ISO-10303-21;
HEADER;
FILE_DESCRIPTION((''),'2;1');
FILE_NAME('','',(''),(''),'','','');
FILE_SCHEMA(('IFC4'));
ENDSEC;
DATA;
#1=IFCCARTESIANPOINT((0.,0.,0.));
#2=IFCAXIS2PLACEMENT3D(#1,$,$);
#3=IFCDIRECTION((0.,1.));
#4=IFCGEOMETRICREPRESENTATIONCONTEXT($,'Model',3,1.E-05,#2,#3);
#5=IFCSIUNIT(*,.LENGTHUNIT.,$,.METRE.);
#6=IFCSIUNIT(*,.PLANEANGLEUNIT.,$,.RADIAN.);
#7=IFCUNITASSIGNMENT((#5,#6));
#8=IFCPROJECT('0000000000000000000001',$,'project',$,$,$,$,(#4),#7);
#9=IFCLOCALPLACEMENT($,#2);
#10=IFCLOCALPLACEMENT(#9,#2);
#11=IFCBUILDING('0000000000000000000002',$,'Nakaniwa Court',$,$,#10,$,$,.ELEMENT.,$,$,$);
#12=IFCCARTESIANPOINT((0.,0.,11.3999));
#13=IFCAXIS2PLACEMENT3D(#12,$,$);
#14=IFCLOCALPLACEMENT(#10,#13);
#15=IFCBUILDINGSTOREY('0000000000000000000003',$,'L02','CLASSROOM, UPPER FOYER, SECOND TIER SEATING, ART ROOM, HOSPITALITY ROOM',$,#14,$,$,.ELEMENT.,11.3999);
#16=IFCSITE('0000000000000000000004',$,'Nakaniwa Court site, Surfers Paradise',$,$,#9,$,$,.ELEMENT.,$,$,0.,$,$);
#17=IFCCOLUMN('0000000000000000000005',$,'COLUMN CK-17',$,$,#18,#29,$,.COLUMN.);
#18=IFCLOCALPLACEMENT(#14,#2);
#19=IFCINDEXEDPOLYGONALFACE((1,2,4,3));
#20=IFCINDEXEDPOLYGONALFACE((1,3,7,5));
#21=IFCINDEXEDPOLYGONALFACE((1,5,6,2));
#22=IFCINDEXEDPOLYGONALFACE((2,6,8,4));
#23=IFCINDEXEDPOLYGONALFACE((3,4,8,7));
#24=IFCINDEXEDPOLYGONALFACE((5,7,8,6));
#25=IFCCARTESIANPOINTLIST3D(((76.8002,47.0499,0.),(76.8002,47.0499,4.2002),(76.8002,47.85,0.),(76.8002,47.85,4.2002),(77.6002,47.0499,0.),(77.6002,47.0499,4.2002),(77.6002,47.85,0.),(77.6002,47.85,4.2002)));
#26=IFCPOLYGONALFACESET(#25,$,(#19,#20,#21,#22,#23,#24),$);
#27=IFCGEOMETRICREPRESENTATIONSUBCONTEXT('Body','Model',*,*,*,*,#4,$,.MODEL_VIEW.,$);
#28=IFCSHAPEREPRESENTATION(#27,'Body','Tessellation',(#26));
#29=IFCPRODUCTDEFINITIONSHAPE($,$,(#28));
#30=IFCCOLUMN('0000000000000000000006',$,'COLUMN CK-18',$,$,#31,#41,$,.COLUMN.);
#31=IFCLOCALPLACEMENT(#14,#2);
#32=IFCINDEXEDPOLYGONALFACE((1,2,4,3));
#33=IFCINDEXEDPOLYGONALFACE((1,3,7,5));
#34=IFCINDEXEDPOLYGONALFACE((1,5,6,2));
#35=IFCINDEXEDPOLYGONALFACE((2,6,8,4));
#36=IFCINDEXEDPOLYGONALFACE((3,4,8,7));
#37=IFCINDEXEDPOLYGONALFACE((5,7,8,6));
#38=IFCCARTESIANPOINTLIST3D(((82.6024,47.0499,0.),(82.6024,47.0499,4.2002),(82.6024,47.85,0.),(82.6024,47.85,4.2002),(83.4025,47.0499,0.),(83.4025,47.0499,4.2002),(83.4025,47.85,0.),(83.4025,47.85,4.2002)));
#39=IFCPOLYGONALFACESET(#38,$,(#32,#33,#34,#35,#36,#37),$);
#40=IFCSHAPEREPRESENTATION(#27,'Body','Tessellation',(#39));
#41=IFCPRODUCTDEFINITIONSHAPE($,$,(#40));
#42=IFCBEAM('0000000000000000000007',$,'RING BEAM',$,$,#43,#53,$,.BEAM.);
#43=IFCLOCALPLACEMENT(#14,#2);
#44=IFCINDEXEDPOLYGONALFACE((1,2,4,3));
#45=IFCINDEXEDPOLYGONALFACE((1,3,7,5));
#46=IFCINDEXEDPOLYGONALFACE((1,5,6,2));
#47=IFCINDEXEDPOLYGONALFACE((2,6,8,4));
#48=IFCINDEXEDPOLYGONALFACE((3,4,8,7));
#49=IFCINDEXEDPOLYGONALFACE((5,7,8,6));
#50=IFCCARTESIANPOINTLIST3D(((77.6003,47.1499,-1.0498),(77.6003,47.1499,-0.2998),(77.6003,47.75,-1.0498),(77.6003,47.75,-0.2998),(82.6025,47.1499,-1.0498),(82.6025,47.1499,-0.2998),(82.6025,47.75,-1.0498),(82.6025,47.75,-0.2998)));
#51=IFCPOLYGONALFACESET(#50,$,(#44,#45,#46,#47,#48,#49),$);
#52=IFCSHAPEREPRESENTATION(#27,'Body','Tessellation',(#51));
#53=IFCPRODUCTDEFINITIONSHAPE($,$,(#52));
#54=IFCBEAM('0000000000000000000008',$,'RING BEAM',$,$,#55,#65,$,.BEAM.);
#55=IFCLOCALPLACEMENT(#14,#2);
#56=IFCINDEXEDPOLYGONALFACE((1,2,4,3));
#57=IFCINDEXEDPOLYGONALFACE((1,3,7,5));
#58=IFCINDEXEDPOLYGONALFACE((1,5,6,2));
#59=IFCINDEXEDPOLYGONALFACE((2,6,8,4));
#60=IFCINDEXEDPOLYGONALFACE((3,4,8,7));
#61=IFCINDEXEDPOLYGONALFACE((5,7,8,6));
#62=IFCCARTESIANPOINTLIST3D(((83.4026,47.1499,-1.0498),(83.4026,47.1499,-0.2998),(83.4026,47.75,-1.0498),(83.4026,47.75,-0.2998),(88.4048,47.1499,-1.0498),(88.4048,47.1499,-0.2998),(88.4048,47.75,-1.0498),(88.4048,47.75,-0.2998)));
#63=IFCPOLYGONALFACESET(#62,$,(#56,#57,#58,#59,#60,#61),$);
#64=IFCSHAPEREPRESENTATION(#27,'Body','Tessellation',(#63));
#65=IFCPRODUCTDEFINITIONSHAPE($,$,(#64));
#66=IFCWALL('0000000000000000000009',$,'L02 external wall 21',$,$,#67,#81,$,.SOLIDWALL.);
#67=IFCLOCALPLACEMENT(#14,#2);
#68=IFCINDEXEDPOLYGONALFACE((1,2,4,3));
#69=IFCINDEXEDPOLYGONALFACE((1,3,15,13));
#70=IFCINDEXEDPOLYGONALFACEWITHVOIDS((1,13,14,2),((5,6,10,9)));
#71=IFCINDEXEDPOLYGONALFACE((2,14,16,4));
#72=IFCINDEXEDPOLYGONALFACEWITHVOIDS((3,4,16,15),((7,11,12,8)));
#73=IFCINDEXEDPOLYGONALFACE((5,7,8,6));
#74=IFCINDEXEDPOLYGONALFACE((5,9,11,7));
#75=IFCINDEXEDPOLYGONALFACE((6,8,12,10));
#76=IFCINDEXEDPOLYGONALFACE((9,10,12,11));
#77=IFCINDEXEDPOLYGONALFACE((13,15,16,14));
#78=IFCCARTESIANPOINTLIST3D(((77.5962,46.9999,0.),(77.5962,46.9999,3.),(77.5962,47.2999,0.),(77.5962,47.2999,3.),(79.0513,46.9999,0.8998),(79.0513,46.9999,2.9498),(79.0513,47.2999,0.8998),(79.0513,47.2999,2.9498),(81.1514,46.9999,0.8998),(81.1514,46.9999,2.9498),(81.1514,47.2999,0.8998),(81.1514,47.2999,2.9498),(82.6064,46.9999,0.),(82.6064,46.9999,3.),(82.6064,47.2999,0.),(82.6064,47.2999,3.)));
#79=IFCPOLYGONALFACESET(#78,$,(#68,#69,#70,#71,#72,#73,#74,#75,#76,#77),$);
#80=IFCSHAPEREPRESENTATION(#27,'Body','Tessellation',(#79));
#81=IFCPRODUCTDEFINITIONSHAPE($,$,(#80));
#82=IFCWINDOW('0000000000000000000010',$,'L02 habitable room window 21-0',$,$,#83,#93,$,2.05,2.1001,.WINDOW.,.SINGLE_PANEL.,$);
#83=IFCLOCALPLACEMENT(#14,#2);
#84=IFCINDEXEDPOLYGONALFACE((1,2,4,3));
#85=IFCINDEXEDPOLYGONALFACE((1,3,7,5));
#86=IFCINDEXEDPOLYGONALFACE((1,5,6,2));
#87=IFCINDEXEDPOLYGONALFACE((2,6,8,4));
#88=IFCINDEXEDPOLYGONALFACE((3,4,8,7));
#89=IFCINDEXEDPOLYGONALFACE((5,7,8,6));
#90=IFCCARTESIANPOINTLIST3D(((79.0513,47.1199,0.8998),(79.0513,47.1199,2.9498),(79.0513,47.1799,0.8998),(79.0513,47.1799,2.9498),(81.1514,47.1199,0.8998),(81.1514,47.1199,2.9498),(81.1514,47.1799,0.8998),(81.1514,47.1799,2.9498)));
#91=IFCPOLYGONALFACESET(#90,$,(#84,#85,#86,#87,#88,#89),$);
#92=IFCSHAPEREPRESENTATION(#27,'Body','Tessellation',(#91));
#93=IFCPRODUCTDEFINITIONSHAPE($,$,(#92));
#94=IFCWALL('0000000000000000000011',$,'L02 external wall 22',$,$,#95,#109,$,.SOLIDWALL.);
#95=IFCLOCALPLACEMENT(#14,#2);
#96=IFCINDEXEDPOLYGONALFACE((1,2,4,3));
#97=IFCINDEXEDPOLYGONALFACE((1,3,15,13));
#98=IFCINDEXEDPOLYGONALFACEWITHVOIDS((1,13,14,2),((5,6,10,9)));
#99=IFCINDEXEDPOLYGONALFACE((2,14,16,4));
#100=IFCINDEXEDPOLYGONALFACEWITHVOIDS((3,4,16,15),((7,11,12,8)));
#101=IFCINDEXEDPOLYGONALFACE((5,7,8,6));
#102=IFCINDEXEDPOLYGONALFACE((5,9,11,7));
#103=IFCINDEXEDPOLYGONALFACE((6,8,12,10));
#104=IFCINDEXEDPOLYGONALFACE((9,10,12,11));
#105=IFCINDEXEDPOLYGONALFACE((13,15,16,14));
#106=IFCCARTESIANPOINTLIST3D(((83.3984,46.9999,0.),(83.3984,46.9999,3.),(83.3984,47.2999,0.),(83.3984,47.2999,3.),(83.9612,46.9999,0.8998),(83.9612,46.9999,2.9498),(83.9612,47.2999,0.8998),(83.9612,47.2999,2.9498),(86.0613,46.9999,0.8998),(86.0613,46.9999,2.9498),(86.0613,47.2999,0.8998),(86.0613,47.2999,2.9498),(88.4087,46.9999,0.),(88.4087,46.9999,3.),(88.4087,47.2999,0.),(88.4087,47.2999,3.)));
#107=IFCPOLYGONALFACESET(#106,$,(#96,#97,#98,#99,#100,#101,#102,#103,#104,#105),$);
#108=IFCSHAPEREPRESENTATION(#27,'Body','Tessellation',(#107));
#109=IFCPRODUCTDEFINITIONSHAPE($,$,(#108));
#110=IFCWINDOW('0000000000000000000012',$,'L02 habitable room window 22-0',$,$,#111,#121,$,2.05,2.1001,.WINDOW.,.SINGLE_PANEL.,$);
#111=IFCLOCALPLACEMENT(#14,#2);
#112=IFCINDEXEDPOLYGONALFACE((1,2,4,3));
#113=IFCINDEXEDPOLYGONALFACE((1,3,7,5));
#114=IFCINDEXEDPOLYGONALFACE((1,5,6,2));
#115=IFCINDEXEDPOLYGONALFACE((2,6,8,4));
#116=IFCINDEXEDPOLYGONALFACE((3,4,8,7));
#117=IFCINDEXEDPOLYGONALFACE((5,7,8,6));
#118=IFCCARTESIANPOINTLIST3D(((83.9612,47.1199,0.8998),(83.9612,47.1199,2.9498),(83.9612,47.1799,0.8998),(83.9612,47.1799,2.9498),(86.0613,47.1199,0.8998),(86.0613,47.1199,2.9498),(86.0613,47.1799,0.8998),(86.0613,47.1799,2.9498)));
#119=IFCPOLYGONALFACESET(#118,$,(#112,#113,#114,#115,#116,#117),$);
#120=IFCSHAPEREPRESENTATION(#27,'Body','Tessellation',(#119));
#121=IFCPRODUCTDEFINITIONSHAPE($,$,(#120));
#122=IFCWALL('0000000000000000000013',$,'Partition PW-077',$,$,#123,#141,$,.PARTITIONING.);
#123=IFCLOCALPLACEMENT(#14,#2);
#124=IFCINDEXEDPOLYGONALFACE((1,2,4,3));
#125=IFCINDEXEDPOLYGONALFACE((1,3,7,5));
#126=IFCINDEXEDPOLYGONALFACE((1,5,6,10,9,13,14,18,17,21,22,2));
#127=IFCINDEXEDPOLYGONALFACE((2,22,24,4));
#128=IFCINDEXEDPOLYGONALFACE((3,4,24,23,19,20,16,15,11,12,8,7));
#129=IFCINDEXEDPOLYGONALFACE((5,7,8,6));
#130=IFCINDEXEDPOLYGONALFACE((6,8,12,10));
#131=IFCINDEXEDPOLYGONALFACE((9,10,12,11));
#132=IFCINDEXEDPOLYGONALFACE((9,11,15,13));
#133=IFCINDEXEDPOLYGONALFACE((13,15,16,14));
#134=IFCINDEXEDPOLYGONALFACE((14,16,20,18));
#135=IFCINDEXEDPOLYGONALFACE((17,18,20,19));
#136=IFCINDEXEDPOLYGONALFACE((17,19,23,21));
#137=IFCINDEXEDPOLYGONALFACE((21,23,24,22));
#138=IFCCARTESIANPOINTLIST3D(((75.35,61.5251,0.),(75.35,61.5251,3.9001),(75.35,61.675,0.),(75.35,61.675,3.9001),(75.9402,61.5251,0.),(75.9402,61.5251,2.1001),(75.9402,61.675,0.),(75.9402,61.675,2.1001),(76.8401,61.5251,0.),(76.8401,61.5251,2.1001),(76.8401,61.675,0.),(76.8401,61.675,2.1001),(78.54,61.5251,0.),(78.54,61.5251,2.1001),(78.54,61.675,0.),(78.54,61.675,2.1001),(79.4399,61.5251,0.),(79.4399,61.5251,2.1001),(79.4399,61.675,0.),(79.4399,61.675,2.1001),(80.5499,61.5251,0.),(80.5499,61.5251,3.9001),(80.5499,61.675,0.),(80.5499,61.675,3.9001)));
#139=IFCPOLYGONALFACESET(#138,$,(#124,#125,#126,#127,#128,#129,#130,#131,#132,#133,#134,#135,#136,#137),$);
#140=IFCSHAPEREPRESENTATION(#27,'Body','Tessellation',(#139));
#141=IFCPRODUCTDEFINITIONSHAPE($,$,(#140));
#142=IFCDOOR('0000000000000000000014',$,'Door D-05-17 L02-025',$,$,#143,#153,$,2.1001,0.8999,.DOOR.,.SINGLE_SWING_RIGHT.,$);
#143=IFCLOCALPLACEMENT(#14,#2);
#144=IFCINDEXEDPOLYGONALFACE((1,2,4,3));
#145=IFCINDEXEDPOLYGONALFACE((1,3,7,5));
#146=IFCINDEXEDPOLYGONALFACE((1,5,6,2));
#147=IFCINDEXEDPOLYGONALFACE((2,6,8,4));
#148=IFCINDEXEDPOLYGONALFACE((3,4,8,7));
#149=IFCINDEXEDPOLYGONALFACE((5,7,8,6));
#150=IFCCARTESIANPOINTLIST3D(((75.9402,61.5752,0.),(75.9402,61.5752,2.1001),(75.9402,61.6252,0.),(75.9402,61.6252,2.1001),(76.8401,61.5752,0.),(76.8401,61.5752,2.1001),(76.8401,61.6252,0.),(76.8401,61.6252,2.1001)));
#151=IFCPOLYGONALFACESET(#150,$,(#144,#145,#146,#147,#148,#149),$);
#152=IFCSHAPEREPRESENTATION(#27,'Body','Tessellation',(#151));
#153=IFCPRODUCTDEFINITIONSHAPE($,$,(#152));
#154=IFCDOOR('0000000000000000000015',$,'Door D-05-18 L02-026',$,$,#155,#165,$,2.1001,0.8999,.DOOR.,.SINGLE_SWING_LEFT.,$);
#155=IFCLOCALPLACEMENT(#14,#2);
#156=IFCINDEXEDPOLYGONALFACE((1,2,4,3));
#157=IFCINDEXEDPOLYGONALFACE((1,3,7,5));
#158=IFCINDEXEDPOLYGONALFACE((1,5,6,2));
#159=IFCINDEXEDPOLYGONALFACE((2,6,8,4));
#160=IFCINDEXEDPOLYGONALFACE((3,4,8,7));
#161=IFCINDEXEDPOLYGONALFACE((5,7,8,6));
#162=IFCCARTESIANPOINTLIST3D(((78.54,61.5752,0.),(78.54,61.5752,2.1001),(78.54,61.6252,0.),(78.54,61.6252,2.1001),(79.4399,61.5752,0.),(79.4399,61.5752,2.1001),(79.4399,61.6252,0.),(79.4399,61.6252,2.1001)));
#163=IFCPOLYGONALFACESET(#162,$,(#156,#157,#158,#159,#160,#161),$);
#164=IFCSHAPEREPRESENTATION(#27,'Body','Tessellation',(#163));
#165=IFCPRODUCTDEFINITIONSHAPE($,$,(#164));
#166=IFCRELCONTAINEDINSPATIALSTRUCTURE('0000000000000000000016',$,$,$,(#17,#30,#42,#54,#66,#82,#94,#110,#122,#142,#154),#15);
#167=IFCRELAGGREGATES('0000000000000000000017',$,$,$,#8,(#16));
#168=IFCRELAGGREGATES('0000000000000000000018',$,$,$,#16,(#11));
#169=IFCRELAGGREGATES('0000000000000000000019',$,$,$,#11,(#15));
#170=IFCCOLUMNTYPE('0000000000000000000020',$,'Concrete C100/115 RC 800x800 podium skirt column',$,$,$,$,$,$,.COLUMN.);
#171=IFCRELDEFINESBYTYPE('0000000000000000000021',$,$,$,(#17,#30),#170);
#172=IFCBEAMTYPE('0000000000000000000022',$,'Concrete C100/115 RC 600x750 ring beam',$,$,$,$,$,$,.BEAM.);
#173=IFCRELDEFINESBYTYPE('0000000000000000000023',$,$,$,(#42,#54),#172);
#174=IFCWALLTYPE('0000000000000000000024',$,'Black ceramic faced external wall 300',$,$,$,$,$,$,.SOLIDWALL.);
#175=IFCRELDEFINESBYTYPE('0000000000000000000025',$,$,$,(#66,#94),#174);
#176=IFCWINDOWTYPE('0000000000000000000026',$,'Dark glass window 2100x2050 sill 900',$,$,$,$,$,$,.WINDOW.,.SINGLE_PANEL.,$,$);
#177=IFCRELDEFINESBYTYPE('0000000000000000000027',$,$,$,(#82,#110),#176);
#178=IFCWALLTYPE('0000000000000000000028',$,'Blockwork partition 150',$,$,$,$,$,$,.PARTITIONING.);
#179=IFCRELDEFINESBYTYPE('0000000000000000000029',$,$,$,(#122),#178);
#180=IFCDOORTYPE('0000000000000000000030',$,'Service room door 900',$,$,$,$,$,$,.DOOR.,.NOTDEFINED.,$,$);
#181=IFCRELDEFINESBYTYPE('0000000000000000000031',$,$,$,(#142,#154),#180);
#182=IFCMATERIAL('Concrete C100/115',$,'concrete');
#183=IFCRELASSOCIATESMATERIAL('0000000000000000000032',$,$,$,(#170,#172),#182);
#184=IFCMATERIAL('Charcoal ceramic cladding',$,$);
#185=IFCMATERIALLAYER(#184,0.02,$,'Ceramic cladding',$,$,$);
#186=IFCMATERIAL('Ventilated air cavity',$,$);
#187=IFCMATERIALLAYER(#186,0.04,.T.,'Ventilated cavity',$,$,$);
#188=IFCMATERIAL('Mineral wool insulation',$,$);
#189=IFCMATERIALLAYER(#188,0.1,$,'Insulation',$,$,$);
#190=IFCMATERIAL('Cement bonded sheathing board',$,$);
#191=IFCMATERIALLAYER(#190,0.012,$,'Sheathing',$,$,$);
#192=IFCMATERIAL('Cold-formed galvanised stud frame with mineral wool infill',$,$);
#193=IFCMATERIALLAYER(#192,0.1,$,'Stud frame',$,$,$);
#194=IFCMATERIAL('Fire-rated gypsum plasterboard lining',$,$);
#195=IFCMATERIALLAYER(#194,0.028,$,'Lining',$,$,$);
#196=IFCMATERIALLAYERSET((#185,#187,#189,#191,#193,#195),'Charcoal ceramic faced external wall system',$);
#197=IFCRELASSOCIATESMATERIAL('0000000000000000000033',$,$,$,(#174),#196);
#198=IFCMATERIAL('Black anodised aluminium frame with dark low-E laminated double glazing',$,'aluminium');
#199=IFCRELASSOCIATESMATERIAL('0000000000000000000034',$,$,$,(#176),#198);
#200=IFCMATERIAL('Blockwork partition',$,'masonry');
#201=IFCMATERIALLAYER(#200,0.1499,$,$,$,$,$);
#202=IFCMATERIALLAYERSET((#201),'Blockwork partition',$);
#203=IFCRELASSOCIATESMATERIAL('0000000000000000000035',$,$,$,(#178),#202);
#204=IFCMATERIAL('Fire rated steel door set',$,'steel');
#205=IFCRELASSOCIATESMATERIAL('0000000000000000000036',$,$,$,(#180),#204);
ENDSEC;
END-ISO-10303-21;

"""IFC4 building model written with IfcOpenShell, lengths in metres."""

from ifc_helpers import new_model, si_unit, direction, frame, frame_2d, origin, origin_2d, place, context, subcontext, project, spatial, rectangle, extrude, material, layer, layer_set, material_profile, profile_set, type_object, element, fill, save


model = new_model("IFC4")

# Units and contexts
model_context = context("Model", 3, precision=1e-05, world=origin(), true_north=direction((0.0, 1.0)))
body_context = subcontext(model_context, "Body", "Model", "MODEL_VIEW")
ifc_project = project(units=[si_unit("LENGTHUNIT", "METRE"), si_unit("PLANEANGLEUNIT", "RADIAN")], contexts=[model_context])

# Site, building, storey
site_placement = place(None, origin())
site = spatial("IfcSite", under=ifc_project, at=site_placement, Name="Nakaniwa Court site, Surfers Paradise", CompositionType="ELEMENT", RefElevation=0.0)
building_placement = place(site_placement, origin())
building = spatial("IfcBuilding", under=site, at=building_placement, Name="Nakaniwa Court", CompositionType="ELEMENT")
storey_placement = place(building_placement, frame((0.0, 0.0, 11.3999)))
storey = spatial("IfcBuildingStorey", under=building, at=storey_placement, Name="L02", Description="CLASSROOM, UPPER FOYER, SECOND TIER SEATING, ART ROOM, HOSPITALITY ROOM", CompositionType="ELEMENT", Elevation=11.3999)

# Columns
ifc_material_1 = material(Name="Concrete C100/115", Category="concrete")
ifc_material_profile_1 = material_profile(ifc_material_1, rectangle(XDim=0.8, YDim=0.8, at=origin_2d()), Name="Concrete C100/115 RC 800x800 podium skirt column")
ifc_profile_set_1 = profile_set([ifc_material_profile_1], Name="Concrete C100/115")
column_type = type_object("IfcColumnType", Name="Concrete C100/115 RC 800x800 podium skirt column", PredefinedType="COLUMN", material=ifc_profile_set_1)
for number, where, z_axis, x_axis, name in (
    (1, (77.2002, 47.45, 0.0), (0.0, 0.0, 1.0), (1.0, 0.0, 0.0), "COLUMN CK-17"),
    (2, (83.0024, 47.45, 0.0), (0.0, 0.0, 1.0), (1.0, 0.0, 0.0), "COLUMN CK-18"),
):
    element("IfcColumn", number, at=place(storey_placement, frame(where, z_axis=z_axis, x_axis=x_axis)), inside=storey, type_object=column_type, Name=name, PredefinedType="COLUMN", context=body_context, shape_type="SweptSolid", body=[
        extrude(rectangle(XDim=0.8, YDim=0.8, at=origin_2d()), origin(), (0.0, 0.0, 1.0), 4.2002),
    ])

# Beams
ifc_material_profile_2 = material_profile(ifc_material_1, rectangle(XDim=0.6001, YDim=0.75, at=origin_2d()), Name="Concrete C100/115 RC 600x750 ring beam")
ifc_profile_set_2 = profile_set([ifc_material_profile_2], Name="Concrete C100/115")
beam_type = type_object("IfcBeamType", Name="Concrete C100/115 RC 600x750 ring beam", PredefinedType="BEAM", material=ifc_profile_set_2)
for number, where, z_axis, x_axis, name in (
    (3, (77.6003, 47.45, -0.6748), (1.0, 0.0, 0.0), (0.0, 1.0, 0.0), "RING BEAM"),
    (4, (83.4026, 47.45, -0.6748), (1.0, 0.0, 0.0), (0.0, 1.0, 0.0), "RING BEAM"),
):
    element("IfcBeam", number, at=place(storey_placement, frame(where, z_axis=z_axis, x_axis=x_axis)), inside=storey, type_object=beam_type, Name=name, PredefinedType="BEAM", context=body_context, shape_type="SweptSolid", body=[
        extrude(rectangle(XDim=0.6001, YDim=0.75, at=origin_2d()), origin(), (0.0, 0.0, 1.0), 5.0022),
    ])

# Walls, openings, windows
ifc_material_2 = material(Name="Charcoal ceramic cladding")
ifc_layer_1 = layer(ifc_material_2, 0.02, Name="Ceramic cladding")
ifc_material_3 = material(Name="Ventilated air cavity")
ifc_layer_2 = layer(ifc_material_3, 0.04, ventilated=True, Name="Ventilated cavity")
ifc_material_4 = material(Name="Mineral wool insulation")
ifc_layer_3 = layer(ifc_material_4, 0.1, Name="Insulation")
ifc_material_5 = material(Name="Cement bonded sheathing board")
ifc_layer_4 = layer(ifc_material_5, 0.012, Name="Sheathing")
ifc_material_6 = material(Name="Cold-formed galvanised stud frame with mineral wool infill")
ifc_layer_5 = layer(ifc_material_6, 0.1, Name="Stud frame")
ifc_material_7 = material(Name="Fire-rated gypsum plasterboard lining")
ifc_layer_6 = layer(ifc_material_7, 0.028, Name="Lining")
ifc_layer_set_1 = layer_set([ifc_layer_1, ifc_layer_2, ifc_layer_3, ifc_layer_4, ifc_layer_5, ifc_layer_6], Name="Charcoal ceramic faced external wall system")
wall_type_1 = type_object("IfcWallType", Name="Black ceramic faced external wall 300", PredefinedType="SOLIDWALL", material=ifc_layer_set_1)
wall_1_placement = place(storey_placement, frame((77.5962, 47.1499, 0.0), z_axis=(0.0, 0.0, 1.0), x_axis=(1.0, 0.0, 0.0)))
wall_1 = element("IfcWall", 5, at=wall_1_placement, inside=storey, type_object=wall_type_1, Name="L02 external wall 21", PredefinedType="SOLIDWALL", context=body_context, shape_type="SweptSolid", body=[
    extrude(rectangle(XDim=5.0103, YDim=0.3, at=frame_2d((2.5051, 0.0))), origin(), (0.0, 0.0, 1.0), 3.0),
])
opening_1_placement = place(wall_1_placement, frame((1.4551, 0.0, 0.8999)))
opening_1 = element("IfcOpeningElement", 6, at=opening_1_placement, cuts=wall_1, PredefinedType="OPENING", context=body_context, shape_type="SweptSolid", body=[
    extrude(rectangle(XDim=2.1001, YDim=2.05, at=frame_2d((1.05, 1.0249))), frame((0.0, 0.1599, 0.0), z_axis=(0.0, -1.0, 0.0), x_axis=(1.0, 0.0, 0.0)), (0.0, 0.0, 1.0), 0.3201),
])
ifc_material_8 = material(Name="Black anodised aluminium frame with dark low-E laminated double glazing", Category="aluminium")
window_type = type_object("IfcWindowType", Name="Dark glass window 2100x2050 sill 900", PartitioningType="SINGLE_PANEL", PredefinedType="WINDOW", material=ifc_material_8)
window_1_placement = place(opening_1_placement, origin())
window_1 = element("IfcWindow", 7, at=window_1_placement, inside=storey, type_object=window_type, Name="L02 habitable room window 21-0", OverallHeight=2.05, OverallWidth=2.1001, PartitioningType="SINGLE_PANEL", PredefinedType="WINDOW", context=body_context, shape_type="SweptSolid", body=[
    extrude(rectangle(XDim=2.1001, YDim=2.05, at=frame_2d((1.05, 1.0249))), frame((0.0, 0.03, 0.0), z_axis=(0.0, -1.0, 0.0), x_axis=(1.0, 0.0, 0.0)), (0.0, 0.0, 1.0), 0.0601),
])
fill(opening_1, window_1)
wall_2_placement = place(storey_placement, frame((83.3984, 47.1499, 0.0), z_axis=(0.0, 0.0, 1.0), x_axis=(1.0, 0.0, 0.0)))
wall_2 = element("IfcWall", 8, at=wall_2_placement, inside=storey, type_object=wall_type_1, Name="L02 external wall 22", PredefinedType="SOLIDWALL", context=body_context, shape_type="SweptSolid", body=[
    extrude(rectangle(XDim=5.0103, YDim=0.3, at=frame_2d((2.5051, 0.0))), origin(), (0.0, 0.0, 1.0), 3.0),
])
opening_2_placement = place(wall_2_placement, frame((0.5627, 0.0, 0.8999)))
opening_2 = element("IfcOpeningElement", 9, at=opening_2_placement, cuts=wall_2, PredefinedType="OPENING", context=body_context, shape_type="SweptSolid", body=[
    extrude(rectangle(XDim=2.1001, YDim=2.05, at=frame_2d((1.05, 1.0249))), frame((0.0, 0.1599, 0.0), z_axis=(0.0, -1.0, 0.0), x_axis=(1.0, 0.0, 0.0)), (0.0, 0.0, 1.0), 0.3201),
])
window_2_placement = place(opening_2_placement, origin())
window_2 = element("IfcWindow", 10, at=window_2_placement, inside=storey, type_object=window_type, Name="L02 habitable room window 22-0", OverallHeight=2.05, OverallWidth=2.1001, PartitioningType="SINGLE_PANEL", PredefinedType="WINDOW", context=body_context, shape_type="SweptSolid", body=[
    extrude(rectangle(XDim=2.1001, YDim=2.05, at=frame_2d((1.05, 1.0249))), frame((0.0, 0.03, 0.0), z_axis=(0.0, -1.0, 0.0), x_axis=(1.0, 0.0, 0.0)), (0.0, 0.0, 1.0), 0.0601),
])
fill(opening_2, window_2)

# Wall, openings, doors
ifc_material_9 = material(Name="Blockwork partition", Category="masonry")
ifc_layer_7 = layer(ifc_material_9, 0.1499)
ifc_layer_set_2 = layer_set([ifc_layer_7], Name="Blockwork partition")
wall_type_2 = type_object("IfcWallType", Name="Blockwork partition 150", PredefinedType="PARTITIONING", material=ifc_layer_set_2)
wall_3_placement = place(storey_placement, frame((80.55, 61.6001, 0.0), z_axis=(0.0, 0.0, 1.0), x_axis=(-1.0, 0.0, 0.0)))
wall_3 = element("IfcWall", 11, at=wall_3_placement, inside=storey, type_object=wall_type_2, Name="Partition PW-077", PredefinedType="PARTITIONING", context=body_context, shape_type="SweptSolid", body=[
    extrude(rectangle(XDim=5.2, YDim=0.1499, at=frame_2d((2.6001, 0.0))), origin(), (0.0, 0.0, 1.0), 3.9001),
])
opening_3_placement = place(wall_3_placement, frame((3.71, 0.0, 0.0)))
opening_3 = element("IfcOpeningElement", 12, at=opening_3_placement, cuts=wall_3, PredefinedType="OPENING", context=body_context, shape_type="SweptSolid", body=[
    extrude(rectangle(XDim=0.8999, YDim=2.1001, at=frame_2d((0.45, 1.05))), frame((0.0, 0.085, 0.0), z_axis=(0.0, -1.0, 0.0), x_axis=(1.0, 0.0, 0.0)), (0.0, 0.0, 1.0), 0.1699),
])
opening_4_placement = place(wall_3_placement, frame((1.1101, 0.0, 0.0)))
opening_4 = element("IfcOpeningElement", 13, at=opening_4_placement, cuts=wall_3, PredefinedType="OPENING", context=body_context, shape_type="SweptSolid", body=[
    extrude(rectangle(XDim=0.8999, YDim=2.1001, at=frame_2d((0.45, 1.05))), frame((0.0, 0.085, 0.0), z_axis=(0.0, -1.0, 0.0), x_axis=(1.0, 0.0, 0.0)), (0.0, 0.0, 1.0), 0.1699),
])
ifc_material_10 = material(Name="Fire rated steel door set", Category="steel")
door_type = type_object("IfcDoorType", Name="Service room door 900", OperationType="NOTDEFINED", PredefinedType="DOOR", material=ifc_material_10)
door_1_placement = place(opening_3_placement, origin())
door_1 = element("IfcDoor", 14, at=door_1_placement, inside=storey, type_object=door_type, Name="Door D-05-17 L02-025", OperationType="SINGLE_SWING_RIGHT", OverallHeight=2.1001, OverallWidth=0.8999, PredefinedType="DOOR", context=body_context, shape_type="SweptSolid", body=[
    extrude(rectangle(XDim=0.8999, YDim=2.1001, at=frame_2d((0.45, 1.05))), frame((0.0, 0.0249, 0.0), z_axis=(0.0, -1.0, 0.0), x_axis=(1.0, 0.0, 0.0)), (0.0, 0.0, 1.0), 0.05),
])
fill(opening_3, door_1)
door_2_placement = place(opening_4_placement, origin())
door_2 = element("IfcDoor", 15, at=door_2_placement, inside=storey, type_object=door_type, Name="Door D-05-18 L02-026", OperationType="SINGLE_SWING_LEFT", OverallHeight=2.1001, OverallWidth=0.8999, PredefinedType="DOOR", context=body_context, shape_type="SweptSolid", body=[
    extrude(rectangle(XDim=0.8999, YDim=2.1001, at=frame_2d((0.45, 1.05))), frame((0.0, 0.0249, 0.0), z_axis=(0.0, -1.0, 0.0), x_axis=(1.0, 0.0, 0.0)), (0.0, 0.0, 1.0), 0.05),
])
fill(opening_4, door_2)

save(model, "model.ifc")
